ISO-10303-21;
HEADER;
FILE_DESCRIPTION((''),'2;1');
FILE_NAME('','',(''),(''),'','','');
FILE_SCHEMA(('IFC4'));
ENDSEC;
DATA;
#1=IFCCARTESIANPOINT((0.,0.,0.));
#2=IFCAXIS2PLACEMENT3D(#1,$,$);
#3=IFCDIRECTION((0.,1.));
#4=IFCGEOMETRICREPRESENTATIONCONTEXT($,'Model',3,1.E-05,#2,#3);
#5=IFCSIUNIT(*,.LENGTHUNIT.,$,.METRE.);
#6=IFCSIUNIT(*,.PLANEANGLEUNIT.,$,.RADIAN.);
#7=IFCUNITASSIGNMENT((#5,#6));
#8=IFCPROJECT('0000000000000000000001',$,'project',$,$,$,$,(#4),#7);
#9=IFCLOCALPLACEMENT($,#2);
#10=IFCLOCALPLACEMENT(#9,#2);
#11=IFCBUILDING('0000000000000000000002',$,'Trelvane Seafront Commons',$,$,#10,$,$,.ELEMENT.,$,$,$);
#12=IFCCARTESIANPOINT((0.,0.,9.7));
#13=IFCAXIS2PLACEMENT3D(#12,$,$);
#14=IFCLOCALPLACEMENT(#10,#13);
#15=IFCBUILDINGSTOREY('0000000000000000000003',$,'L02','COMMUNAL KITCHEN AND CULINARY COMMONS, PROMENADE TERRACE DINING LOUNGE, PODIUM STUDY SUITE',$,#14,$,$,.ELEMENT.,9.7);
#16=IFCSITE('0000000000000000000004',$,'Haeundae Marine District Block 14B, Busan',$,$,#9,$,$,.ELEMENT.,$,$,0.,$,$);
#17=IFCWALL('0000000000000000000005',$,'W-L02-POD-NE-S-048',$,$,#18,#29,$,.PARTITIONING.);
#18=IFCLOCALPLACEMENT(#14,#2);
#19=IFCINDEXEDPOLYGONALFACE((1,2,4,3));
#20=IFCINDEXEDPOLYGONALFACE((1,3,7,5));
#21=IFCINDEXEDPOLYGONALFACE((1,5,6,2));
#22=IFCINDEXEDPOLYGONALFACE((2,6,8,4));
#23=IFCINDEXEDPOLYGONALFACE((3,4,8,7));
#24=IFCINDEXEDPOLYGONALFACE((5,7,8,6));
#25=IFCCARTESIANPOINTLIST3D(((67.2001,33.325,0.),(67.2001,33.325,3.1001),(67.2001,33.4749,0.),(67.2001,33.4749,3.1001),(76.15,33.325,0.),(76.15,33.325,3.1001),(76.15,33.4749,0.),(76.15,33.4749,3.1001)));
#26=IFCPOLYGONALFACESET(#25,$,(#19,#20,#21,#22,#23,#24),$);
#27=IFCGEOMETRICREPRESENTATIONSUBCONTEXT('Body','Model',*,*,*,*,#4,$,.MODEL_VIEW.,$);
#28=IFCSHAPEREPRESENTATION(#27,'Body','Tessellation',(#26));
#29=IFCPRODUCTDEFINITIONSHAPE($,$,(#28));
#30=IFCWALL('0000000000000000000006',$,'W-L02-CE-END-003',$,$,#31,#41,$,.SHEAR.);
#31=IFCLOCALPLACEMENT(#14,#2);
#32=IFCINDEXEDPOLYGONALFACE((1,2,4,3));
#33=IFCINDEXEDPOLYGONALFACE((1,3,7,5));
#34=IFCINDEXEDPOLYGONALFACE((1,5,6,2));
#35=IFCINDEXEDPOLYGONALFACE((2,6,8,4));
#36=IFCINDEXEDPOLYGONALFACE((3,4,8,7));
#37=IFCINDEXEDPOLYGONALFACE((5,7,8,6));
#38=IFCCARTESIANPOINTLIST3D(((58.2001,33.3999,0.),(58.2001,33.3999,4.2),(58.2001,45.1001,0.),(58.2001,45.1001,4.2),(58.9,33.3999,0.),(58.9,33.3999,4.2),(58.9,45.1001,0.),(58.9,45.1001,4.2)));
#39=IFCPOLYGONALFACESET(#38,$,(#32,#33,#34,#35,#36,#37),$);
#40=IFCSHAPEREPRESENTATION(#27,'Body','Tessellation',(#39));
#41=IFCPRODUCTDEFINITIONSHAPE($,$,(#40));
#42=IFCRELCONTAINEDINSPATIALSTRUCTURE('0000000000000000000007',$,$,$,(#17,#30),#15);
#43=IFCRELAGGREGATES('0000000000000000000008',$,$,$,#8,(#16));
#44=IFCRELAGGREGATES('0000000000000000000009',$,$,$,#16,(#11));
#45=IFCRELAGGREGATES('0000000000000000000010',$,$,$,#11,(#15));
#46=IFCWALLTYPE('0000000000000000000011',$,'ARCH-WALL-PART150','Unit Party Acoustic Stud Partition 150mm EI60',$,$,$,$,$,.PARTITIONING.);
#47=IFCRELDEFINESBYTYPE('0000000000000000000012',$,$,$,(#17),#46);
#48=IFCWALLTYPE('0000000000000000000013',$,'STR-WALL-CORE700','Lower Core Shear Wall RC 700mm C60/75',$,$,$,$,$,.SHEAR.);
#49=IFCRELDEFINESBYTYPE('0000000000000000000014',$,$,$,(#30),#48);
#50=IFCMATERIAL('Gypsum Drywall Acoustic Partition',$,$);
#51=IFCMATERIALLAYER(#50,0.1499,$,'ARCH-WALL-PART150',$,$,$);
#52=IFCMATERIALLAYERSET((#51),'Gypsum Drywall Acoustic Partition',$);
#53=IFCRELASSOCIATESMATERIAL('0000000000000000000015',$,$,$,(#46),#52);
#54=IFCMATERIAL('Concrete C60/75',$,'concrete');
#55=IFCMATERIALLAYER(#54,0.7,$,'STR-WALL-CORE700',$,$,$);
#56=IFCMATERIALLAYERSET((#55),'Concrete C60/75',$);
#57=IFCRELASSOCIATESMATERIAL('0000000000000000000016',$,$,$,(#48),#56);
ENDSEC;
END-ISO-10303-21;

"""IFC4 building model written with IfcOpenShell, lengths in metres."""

from ifc_helpers import new_model, si_unit, direction, frame, frame_2d, origin, place, context, subcontext, project, spatial, rectangle, extrude, material, layer, layer_set, type_object, element, save


model = new_model("IFC4")

# Units and contexts
model_context = context("Model", 3, precision=1e-05, world=origin(), true_north=direction((0.0, 1.0)))
body_context = subcontext(model_context, "Body", "Model", "MODEL_VIEW")
ifc_project = project(units=[si_unit("LENGTHUNIT", "METRE"), si_unit("PLANEANGLEUNIT", "RADIAN")], contexts=[model_context])

# Site, building, storey
site_placement = place(None, origin())
site = spatial("IfcSite", under=ifc_project, at=site_placement, Name="Haeundae Marine District Block 14B, Busan", CompositionType="ELEMENT", RefElevation=0.0)
building_placement = place(site_placement, origin())
building = spatial("IfcBuilding", under=site, at=building_placement, Name="Trelvane Seafront Commons", CompositionType="ELEMENT")
storey_placement = place(building_placement, frame((0.0, 0.0, 9.7)))
storey = spatial("IfcBuildingStorey", under=building, at=storey_placement, Name="L02", Description="COMMUNAL KITCHEN AND CULINARY COMMONS, PROMENADE TERRACE DINING LOUNGE, PODIUM STUDY SUITE", CompositionType="ELEMENT", Elevation=9.7)

# Shared definitions
ifc_material_1 = material(Name="Concrete C60/75", Category="concrete")

# Shared definitions
ifc_material_2 = material(Name="Gypsum Drywall Acoustic Partition")

# Shared definitions
ifc_layer_1 = layer(ifc_material_2, 0.1499, Name="ARCH-WALL-PART150")
ifc_layer_set_1 = layer_set([ifc_layer_1], Name="Gypsum Drywall Acoustic Partition")
wall_type_1 = type_object("IfcWallType", Name="ARCH-WALL-PART150", Description="Unit Party Acoustic Stud Partition 150mm EI60", PredefinedType="PARTITIONING", material=ifc_layer_set_1)

# Walls
wall_1_placement = place(storey_placement, frame((67.2, 33.3999, 0.0), z_axis=(0.0, 0.0, 1.0), x_axis=(1.0, 0.0, 0.0)))
element("IfcWall", 1, at=wall_1_placement, inside=storey, type_object=wall_type_1, Name="W-L02-POD-NE-S-048", PredefinedType="PARTITIONING", context=body_context, shape_type="SweptSolid", body=[
    extrude(rectangle(XDim=8.95, YDim=0.1499, at=frame_2d((4.4751, 0.0))), origin(), (0.0, 0.0, 1.0), 3.1001),
])
ifc_layer_2 = layer(ifc_material_1, 0.7, Name="STR-WALL-CORE700")
ifc_layer_set_2 = layer_set([ifc_layer_2], Name="Concrete C60/75")
wall_type_2 = type_object("IfcWallType", Name="STR-WALL-CORE700", Description="Lower Core Shear Wall RC 700mm C60/75", PredefinedType="SHEAR", material=ifc_layer_set_2)
wall_2_placement = place(storey_placement, frame((58.55, 33.3999, 0.0), z_axis=(0.0, 0.0, 1.0), x_axis=(0.0, 1.0, 0.0)))
element("IfcWall", 2, at=wall_2_placement, inside=storey, type_object=wall_type_2, Name="W-L02-CE-END-003", PredefinedType="SHEAR", context=body_context, shape_type="SweptSolid", body=[
    extrude(rectangle(XDim=11.7002, YDim=0.7, at=frame_2d((5.8501, 0.0))), origin(), (0.0, 0.0, 1.0), 4.2),
])

save(model, "model.ifc")
